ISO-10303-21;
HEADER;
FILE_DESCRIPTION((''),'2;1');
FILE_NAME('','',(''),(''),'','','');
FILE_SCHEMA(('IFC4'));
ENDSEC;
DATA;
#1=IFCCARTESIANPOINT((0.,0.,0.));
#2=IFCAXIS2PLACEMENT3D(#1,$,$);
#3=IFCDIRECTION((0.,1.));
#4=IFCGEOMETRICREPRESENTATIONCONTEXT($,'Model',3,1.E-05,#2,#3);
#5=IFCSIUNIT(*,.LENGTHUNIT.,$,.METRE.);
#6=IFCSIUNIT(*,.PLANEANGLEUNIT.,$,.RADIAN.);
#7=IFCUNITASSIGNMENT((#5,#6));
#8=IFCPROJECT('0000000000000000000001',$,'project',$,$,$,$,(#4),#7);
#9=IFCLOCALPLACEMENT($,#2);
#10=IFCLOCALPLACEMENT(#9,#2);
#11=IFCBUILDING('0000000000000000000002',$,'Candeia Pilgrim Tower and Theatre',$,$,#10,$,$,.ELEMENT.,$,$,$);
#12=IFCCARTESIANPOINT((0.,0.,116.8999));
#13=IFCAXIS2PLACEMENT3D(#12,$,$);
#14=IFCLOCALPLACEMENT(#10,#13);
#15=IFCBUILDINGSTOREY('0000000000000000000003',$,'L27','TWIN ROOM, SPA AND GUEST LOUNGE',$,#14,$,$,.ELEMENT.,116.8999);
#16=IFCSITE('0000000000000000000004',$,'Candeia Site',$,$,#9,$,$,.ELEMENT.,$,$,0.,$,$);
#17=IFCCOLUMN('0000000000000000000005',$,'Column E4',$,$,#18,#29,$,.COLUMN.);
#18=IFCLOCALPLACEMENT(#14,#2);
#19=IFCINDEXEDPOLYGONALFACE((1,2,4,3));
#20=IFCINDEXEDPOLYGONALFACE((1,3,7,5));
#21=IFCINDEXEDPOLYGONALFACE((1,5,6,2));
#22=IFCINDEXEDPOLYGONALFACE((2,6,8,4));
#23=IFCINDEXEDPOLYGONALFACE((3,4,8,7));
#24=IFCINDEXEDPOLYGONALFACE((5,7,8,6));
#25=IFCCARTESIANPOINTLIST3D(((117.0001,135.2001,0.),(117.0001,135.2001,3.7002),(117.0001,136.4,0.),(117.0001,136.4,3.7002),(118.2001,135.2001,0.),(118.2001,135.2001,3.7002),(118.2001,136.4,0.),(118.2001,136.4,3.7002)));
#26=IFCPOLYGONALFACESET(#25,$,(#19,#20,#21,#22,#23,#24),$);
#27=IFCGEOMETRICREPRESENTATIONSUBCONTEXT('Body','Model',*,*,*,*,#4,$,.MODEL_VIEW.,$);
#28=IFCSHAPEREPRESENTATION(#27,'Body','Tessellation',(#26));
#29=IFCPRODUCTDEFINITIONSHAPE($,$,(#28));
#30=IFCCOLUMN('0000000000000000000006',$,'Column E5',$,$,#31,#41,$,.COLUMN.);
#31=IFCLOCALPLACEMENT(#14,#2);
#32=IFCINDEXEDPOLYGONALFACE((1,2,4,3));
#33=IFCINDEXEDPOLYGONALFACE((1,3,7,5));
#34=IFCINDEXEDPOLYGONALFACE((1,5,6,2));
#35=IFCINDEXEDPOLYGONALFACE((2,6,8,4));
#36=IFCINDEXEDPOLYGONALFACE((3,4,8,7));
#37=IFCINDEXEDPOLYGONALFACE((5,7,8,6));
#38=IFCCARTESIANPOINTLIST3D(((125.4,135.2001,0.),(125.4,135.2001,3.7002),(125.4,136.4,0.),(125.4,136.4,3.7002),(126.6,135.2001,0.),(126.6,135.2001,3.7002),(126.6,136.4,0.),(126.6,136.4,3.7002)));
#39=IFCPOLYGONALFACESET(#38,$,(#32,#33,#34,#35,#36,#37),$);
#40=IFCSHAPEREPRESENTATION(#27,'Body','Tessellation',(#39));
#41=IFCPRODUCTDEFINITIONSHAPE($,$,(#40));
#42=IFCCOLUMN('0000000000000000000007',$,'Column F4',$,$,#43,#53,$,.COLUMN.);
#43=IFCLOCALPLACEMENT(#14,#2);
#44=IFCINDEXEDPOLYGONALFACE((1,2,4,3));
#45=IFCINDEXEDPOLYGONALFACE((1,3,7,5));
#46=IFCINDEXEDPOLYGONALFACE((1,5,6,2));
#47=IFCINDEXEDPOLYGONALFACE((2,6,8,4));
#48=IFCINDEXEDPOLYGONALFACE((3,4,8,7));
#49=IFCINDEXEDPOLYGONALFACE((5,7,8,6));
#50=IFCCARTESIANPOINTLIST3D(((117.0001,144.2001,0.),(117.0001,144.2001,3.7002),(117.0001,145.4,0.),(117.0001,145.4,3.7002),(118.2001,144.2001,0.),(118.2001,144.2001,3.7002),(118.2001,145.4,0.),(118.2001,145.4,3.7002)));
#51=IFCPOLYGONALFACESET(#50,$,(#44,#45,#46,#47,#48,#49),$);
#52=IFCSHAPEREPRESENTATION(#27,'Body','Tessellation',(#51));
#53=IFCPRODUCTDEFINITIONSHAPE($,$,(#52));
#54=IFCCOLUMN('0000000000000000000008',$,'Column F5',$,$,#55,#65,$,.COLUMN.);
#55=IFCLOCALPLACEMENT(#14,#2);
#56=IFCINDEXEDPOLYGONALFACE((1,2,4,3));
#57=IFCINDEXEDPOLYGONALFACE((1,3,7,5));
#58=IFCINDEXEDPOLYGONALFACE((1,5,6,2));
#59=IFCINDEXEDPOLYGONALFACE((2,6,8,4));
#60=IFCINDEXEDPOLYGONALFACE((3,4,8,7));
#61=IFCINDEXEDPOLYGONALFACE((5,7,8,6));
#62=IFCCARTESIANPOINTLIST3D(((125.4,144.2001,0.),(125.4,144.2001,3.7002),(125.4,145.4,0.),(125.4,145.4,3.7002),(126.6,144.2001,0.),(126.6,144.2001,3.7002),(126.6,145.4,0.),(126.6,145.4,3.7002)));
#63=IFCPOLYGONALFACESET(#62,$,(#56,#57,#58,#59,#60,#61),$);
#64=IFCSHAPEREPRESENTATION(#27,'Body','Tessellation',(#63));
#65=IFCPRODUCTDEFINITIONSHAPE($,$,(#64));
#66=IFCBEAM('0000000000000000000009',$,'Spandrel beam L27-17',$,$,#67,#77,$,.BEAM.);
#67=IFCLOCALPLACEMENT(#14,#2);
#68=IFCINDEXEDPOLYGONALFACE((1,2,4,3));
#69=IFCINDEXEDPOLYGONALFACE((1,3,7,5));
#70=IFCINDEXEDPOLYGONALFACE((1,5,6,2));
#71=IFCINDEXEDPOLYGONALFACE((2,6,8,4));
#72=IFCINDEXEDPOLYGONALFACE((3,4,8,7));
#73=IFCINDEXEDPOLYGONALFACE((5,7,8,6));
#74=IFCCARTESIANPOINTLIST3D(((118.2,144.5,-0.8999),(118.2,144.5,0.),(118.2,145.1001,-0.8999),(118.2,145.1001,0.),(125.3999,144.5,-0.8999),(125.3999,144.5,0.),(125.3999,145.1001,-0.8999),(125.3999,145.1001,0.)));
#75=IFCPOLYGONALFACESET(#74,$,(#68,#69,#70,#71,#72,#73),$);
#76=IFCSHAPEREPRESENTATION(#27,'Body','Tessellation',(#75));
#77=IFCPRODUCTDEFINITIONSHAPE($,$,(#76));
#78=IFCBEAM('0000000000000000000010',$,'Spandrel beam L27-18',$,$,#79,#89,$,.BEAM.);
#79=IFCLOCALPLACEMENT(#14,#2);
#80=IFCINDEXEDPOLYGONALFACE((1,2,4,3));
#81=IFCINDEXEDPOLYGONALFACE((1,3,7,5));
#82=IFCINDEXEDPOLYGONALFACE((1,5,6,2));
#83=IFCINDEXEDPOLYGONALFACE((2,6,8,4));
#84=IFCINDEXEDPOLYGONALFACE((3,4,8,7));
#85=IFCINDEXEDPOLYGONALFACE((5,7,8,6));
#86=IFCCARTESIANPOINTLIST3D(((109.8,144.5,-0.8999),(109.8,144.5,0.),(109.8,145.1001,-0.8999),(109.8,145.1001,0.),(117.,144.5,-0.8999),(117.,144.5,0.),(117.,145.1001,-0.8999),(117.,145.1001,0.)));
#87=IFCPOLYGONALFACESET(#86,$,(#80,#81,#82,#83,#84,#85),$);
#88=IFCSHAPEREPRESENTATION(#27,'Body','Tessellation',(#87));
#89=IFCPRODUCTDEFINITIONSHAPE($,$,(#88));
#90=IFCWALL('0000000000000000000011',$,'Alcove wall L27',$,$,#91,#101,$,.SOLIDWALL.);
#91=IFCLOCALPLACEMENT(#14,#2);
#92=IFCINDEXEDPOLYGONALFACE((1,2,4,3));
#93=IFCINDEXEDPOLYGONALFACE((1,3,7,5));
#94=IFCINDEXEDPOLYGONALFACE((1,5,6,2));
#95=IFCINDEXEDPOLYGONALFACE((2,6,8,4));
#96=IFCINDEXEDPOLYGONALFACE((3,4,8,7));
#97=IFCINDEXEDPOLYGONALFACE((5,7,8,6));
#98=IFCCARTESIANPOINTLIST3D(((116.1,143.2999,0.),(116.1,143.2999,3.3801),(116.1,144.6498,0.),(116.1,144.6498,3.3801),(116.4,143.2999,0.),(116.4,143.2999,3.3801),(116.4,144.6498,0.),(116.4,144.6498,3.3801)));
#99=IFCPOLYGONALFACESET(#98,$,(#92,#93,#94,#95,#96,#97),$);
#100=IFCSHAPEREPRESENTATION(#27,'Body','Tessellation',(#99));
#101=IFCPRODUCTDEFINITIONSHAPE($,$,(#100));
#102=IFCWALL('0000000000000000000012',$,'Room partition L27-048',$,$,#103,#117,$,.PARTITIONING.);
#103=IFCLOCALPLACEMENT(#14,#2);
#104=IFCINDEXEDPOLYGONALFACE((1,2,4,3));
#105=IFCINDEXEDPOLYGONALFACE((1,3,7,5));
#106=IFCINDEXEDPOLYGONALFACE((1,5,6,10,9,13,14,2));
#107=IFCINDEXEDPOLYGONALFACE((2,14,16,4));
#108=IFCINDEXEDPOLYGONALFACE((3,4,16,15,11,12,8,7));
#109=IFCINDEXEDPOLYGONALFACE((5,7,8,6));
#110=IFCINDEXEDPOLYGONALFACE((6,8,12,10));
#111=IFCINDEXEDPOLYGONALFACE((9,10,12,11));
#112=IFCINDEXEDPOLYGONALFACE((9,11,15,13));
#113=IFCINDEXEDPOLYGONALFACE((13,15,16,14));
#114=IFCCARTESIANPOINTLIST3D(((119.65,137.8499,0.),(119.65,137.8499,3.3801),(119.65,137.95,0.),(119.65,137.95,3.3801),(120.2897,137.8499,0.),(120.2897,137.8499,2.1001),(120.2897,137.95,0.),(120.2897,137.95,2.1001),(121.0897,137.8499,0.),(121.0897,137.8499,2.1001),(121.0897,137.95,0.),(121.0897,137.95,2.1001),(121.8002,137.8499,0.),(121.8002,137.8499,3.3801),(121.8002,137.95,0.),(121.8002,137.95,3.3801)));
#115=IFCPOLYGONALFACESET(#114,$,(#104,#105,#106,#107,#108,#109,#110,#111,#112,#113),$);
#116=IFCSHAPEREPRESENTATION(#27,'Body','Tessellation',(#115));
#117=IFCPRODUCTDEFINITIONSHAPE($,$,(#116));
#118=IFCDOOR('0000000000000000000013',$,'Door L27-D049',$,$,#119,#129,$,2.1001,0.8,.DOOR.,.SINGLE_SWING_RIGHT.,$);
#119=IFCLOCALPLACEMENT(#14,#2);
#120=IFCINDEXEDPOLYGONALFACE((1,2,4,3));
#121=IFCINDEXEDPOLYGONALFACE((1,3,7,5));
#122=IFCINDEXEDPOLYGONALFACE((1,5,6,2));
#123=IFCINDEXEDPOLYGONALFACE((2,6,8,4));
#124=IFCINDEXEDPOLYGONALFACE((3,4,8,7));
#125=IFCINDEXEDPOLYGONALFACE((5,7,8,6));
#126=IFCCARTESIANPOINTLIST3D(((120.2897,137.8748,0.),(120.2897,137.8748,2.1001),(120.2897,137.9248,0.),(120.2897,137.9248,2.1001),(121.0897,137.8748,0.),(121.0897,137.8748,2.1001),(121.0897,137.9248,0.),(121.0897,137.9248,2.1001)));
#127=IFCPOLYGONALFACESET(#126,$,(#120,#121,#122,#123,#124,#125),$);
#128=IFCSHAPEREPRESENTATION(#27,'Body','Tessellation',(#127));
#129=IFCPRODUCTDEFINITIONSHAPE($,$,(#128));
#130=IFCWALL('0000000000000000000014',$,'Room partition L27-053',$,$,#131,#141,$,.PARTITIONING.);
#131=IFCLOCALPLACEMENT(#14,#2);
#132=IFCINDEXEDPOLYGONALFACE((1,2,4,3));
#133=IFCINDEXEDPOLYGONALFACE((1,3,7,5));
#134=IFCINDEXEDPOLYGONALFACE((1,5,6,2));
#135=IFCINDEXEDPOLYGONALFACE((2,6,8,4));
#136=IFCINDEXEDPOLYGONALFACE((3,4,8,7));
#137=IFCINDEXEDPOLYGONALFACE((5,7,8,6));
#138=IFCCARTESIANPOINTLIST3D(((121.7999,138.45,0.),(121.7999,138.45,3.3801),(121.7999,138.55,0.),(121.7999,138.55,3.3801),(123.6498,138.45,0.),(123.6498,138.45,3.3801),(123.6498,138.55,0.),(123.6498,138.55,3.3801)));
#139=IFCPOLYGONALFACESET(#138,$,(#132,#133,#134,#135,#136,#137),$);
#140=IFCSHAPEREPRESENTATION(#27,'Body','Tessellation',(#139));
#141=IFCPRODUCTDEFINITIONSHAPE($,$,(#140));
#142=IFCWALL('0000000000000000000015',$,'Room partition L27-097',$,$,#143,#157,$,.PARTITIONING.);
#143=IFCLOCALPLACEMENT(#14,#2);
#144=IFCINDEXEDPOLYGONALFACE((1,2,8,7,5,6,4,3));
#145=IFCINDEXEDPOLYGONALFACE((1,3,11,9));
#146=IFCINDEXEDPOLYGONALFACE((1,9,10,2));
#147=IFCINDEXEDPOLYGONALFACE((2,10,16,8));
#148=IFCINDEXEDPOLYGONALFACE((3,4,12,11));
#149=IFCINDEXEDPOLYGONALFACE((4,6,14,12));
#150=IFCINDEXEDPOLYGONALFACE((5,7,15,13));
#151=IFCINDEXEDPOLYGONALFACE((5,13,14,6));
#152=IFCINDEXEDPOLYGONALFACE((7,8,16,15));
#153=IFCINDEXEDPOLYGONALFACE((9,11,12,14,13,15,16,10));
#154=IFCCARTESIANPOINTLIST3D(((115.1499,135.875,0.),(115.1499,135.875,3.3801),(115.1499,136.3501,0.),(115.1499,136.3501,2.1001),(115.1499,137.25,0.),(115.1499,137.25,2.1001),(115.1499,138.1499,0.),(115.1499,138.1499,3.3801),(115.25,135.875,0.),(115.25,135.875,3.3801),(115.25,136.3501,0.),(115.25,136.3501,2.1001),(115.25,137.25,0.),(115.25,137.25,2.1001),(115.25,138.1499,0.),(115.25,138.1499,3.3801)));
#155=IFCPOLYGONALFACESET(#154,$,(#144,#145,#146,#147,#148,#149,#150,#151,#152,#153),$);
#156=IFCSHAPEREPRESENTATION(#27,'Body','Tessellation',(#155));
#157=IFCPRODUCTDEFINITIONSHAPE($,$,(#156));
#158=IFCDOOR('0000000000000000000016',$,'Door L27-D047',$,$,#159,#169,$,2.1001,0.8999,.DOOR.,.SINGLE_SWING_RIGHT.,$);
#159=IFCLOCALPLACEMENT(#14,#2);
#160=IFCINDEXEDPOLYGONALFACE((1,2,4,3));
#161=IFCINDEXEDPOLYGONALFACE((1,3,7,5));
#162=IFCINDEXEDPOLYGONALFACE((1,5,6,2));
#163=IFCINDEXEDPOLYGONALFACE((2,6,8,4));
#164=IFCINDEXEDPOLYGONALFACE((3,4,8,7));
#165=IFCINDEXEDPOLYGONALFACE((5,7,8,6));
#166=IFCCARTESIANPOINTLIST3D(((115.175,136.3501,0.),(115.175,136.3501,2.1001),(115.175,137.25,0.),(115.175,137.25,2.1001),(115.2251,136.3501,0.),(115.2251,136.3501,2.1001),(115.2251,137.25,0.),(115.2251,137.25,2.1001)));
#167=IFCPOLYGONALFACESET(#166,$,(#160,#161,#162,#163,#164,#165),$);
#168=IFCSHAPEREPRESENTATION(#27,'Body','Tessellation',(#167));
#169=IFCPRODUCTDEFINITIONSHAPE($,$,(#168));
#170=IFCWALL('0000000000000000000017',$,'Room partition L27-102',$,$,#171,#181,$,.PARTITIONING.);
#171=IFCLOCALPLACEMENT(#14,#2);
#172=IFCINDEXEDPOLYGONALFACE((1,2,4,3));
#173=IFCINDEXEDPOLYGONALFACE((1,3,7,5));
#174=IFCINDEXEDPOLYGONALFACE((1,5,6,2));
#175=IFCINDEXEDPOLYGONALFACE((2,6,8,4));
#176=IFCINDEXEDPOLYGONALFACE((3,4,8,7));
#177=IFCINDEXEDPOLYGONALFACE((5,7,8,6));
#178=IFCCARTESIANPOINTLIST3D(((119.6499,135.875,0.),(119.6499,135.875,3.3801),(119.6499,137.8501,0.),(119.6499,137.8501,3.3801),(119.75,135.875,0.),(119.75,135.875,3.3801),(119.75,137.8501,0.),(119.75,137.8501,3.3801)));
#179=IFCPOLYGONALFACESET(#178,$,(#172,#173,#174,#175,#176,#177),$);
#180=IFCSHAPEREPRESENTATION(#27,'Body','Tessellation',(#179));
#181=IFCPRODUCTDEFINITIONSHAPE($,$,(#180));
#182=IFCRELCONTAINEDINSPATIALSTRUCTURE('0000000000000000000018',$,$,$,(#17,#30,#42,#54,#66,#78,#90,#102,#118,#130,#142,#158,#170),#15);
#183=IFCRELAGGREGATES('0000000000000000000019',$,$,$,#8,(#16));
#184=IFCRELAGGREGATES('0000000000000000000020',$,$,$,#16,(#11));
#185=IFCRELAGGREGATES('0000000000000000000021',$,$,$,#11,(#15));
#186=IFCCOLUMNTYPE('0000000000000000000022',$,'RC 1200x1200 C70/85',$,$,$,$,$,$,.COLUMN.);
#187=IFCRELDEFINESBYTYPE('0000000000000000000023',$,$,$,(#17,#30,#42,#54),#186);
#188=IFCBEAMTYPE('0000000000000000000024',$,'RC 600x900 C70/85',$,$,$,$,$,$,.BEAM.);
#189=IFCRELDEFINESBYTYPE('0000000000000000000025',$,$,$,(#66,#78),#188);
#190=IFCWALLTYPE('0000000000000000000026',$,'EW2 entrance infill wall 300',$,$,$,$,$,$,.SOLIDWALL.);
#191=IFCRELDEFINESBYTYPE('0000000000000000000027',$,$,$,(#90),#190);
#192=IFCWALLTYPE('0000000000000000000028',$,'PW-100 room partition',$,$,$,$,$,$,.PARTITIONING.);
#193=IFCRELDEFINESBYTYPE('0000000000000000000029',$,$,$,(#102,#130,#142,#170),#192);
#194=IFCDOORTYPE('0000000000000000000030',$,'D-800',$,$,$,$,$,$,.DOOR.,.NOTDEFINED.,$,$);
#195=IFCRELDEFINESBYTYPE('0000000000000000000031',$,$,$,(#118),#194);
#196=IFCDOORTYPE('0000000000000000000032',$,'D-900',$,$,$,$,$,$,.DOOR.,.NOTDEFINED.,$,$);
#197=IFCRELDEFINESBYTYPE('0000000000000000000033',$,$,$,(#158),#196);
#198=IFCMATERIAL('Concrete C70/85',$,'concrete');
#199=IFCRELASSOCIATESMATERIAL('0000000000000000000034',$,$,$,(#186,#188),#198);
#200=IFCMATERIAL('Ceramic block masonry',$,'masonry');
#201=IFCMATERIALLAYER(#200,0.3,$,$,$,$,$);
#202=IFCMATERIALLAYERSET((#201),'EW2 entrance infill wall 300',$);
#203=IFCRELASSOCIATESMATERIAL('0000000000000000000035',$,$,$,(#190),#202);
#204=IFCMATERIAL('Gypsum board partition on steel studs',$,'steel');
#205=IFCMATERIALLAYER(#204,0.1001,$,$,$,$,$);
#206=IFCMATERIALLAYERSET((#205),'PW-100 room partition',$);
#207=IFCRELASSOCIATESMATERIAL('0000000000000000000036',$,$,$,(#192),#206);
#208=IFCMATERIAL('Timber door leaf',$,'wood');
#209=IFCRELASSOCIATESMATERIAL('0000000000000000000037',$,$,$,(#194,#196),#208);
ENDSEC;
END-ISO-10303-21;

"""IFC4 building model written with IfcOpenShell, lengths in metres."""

from ifc_helpers import new_model, si_unit, direction, frame, frame_2d, origin, origin_2d, place, context, subcontext, project, spatial, rectangle, extrude, material, layer, layer_set, material_profile, profile_set, type_object, element, fill, save


model = new_model("IFC4")

# Units and contexts
model_context = context("Model", 3, precision=1e-05, world=origin(), true_north=direction((0.0, 1.0)))
body_context = subcontext(model_context, "Body", "Model", "MODEL_VIEW")
ifc_project = project(units=[si_unit("LENGTHUNIT", "METRE"), si_unit("PLANEANGLEUNIT", "RADIAN")], contexts=[model_context])

# Site, building, storey
site_placement = place(None, origin())
site = spatial("IfcSite", under=ifc_project, at=site_placement, Name="Candeia Site", CompositionType="ELEMENT", RefElevation=0.0)
building_placement = place(site_placement, origin())
building = spatial("IfcBuilding", under=site, at=building_placement, Name="Candeia Pilgrim Tower and Theatre", CompositionType="ELEMENT")
storey_placement = place(building_placement, frame((0.0, 0.0, 116.8999)))
storey = spatial("IfcBuildingStorey", under=building, at=storey_placement, Name="L27", Description="TWIN ROOM, SPA AND GUEST LOUNGE", CompositionType="ELEMENT", Elevation=116.8999)

# Columns
ifc_material_1 = material(Name="Concrete C70/85", Category="concrete")
ifc_material_profile_1 = material_profile(ifc_material_1, rectangle(XDim=1.2, YDim=1.2, at=origin_2d()))
ifc_profile_set_1 = profile_set([ifc_material_profile_1], Name="Concrete C70/85")
column_type = type_object("IfcColumnType", Name="RC 1200x1200 C70/85", PredefinedType="COLUMN", material=ifc_profile_set_1)
for number, where, z_axis, x_axis, name in (
    (1, (117.6001, 135.8, 0.0), (0.0, 0.0, 1.0), (1.0, 0.0, 0.0), "Column E4"),
    (2, (126.0, 135.8, 0.0), (0.0, 0.0, 1.0), (1.0, 0.0, 0.0), "Column E5"),
    (3, (117.6001, 144.8, 0.0), (0.0, 0.0, 1.0), (1.0, 0.0, 0.0), "Column F4"),
    (4, (126.0, 144.8, 0.0), (0.0, 0.0, 1.0), (1.0, 0.0, 0.0), "Column F5"),
):
    element("IfcColumn", number, at=place(storey_placement, frame(where, z_axis=z_axis, x_axis=x_axis)), inside=storey, type_object=column_type, Name=name, PredefinedType="COLUMN", context=body_context, shape_type="SweptSolid", body=[
        extrude(rectangle(XDim=1.2, YDim=1.2, at=origin_2d()), origin(), (0.0, 0.0, 1.0), 3.7002),
    ])

# Beams
ifc_material_profile_2 = material_profile(ifc_material_1, rectangle(XDim=0.6001, YDim=0.8999, at=origin_2d()))
ifc_profile_set_2 = profile_set([ifc_material_profile_2], Name="Concrete C70/85")
beam_type = type_object("IfcBeamType", Name="RC 600x900 C70/85", PredefinedType="BEAM", material=ifc_profile_set_2)
for number, where, z_axis, x_axis, name in (
    (5, (125.3999, 144.8, -0.45), (-1.0, 0.0, 0.0), (0.0, -1.0, 0.0), "Spandrel beam L27-17"),
    (6, (117.0, 144.8, -0.45), (-1.0, 0.0, 0.0), (0.0, -1.0, 0.0), "Spandrel beam L27-18"),
):
    element("IfcBeam", number, at=place(storey_placement, frame(where, z_axis=z_axis, x_axis=x_axis)), inside=storey, type_object=beam_type, Name=name, PredefinedType="BEAM", context=body_context, shape_type="SweptSolid", body=[
        extrude(rectangle(XDim=0.6001, YDim=0.8999, at=origin_2d()), origin(), (0.0, 0.0, 1.0), 7.2),
    ])

# Wall
ifc_material_2 = material(Name="Ceramic block masonry", Category="masonry")
ifc_layer_1 = layer(ifc_material_2, 0.3)
ifc_layer_set_1 = layer_set([ifc_layer_1], Name="EW2 entrance infill wall 300")
wall_type_1 = type_object("IfcWallType", Name="EW2 entrance infill wall 300", PredefinedType="SOLIDWALL", material=ifc_layer_set_1)
wall_1_placement = place(storey_placement, frame((116.25, 143.3, 0.0), z_axis=(0.0, 0.0, 1.0), x_axis=(0.0, 1.0, 0.0)))
element("IfcWall", 7, at=wall_1_placement, inside=storey, type_object=wall_type_1, Name="Alcove wall L27", PredefinedType="SOLIDWALL", context=body_context, shape_type="SweptSolid", body=[
    extrude(rectangle(XDim=1.3499, YDim=0.3, at=frame_2d((0.6748, 0.0))), origin(), (0.0, 0.0, 1.0), 3.3801),
])

# Wall, opening, door
ifc_material_3 = material(Name="Gypsum board partition on steel studs", Category="steel")
ifc_layer_2 = layer(ifc_material_3, 0.1001)
ifc_layer_set_2 = layer_set([ifc_layer_2], Name="PW-100 room partition")
wall_type_2 = type_object("IfcWallType", Name="PW-100 room partition", PredefinedType="PARTITIONING", material=ifc_layer_set_2)
wall_2_placement = place(storey_placement, frame((119.6499, 137.8999, 0.0), z_axis=(0.0, 0.0, 1.0), x_axis=(1.0, 0.0, 0.0)))
wall_2 = element("IfcWall", 8, at=wall_2_placement, inside=storey, type_object=wall_type_2, Name="Room partition L27-048", PredefinedType="PARTITIONING", context=body_context, shape_type="SweptSolid", body=[
    extrude(rectangle(XDim=2.1501, YDim=0.1001, at=frame_2d((1.0752, 0.0))), origin(), (0.0, 0.0, 1.0), 3.3801),
])
opening_1_placement = place(wall_2_placement, frame((0.6399, 0.0, 0.0)))
opening_1 = element("IfcOpeningElement", 9, at=opening_1_placement, cuts=wall_2, PredefinedType="OPENING", context=body_context, shape_type="SweptSolid", body=[
    extrude(rectangle(XDim=0.8, YDim=2.1001, at=frame_2d((0.3999, 1.05))), frame((0.0, 0.0601, 0.0), z_axis=(0.0, -1.0, 0.0), x_axis=(1.0, 0.0, 0.0)), (0.0, 0.0, 1.0), 0.1201),
])
ifc_material_4 = material(Name="Timber door leaf", Category="wood")
door_type_1 = type_object("IfcDoorType", Name="D-800", OperationType="NOTDEFINED", PredefinedType="DOOR", material=ifc_material_4)
door_1_placement = place(opening_1_placement, origin())
door_1 = element("IfcDoor", 10, at=door_1_placement, inside=storey, type_object=door_type_1, Name="Door L27-D049", OperationType="SINGLE_SWING_RIGHT", OverallHeight=2.1001, OverallWidth=0.8, PredefinedType="DOOR", context=body_context, shape_type="SweptSolid", body=[
    extrude(rectangle(XDim=0.8, YDim=2.1001, at=frame_2d((0.3999, 1.05))), frame((0.0, 0.0249, 0.0), z_axis=(0.0, -1.0, 0.0), x_axis=(1.0, 0.0, 0.0)), (0.0, 0.0, 1.0), 0.05),
])
fill(opening_1, door_1)

# Wall
wall_3_placement = place(storey_placement, frame((121.8, 138.5, 0.0), z_axis=(0.0, 0.0, 1.0), x_axis=(1.0, 0.0, 0.0)))
element("IfcWall", 11, at=wall_3_placement, inside=storey, type_object=wall_type_2, Name="Room partition L27-053", PredefinedType="PARTITIONING", context=body_context, shape_type="SweptSolid", body=[
    extrude(rectangle(XDim=1.8499, YDim=0.1001, at=frame_2d((0.9248, 0.0))), origin(), (0.0, 0.0, 1.0), 3.3801),
])

# Wall, opening, door
wall_4_placement = place(storey_placement, frame((115.2, 135.875, 0.0), z_axis=(0.0, 0.0, 1.0), x_axis=(0.0, 1.0, 0.0)))
wall_4 = element("IfcWall", 12, at=wall_4_placement, inside=storey, type_object=wall_type_2, Name="Room partition L27-097", PredefinedType="PARTITIONING", context=body_context, shape_type="SweptSolid", body=[
    extrude(rectangle(XDim=2.2749, YDim=0.1001, at=frame_2d((1.1375, 0.0))), origin(), (0.0, 0.0, 1.0), 3.3801),
])
opening_2_placement = place(wall_4_placement, frame((0.4751, 0.0, 0.0)))
opening_2 = element("IfcOpeningElement", 13, at=opening_2_placement, cuts=wall_4, PredefinedType="OPENING", context=body_context, shape_type="SweptSolid", body=[
    extrude(rectangle(XDim=0.8999, YDim=2.1001, at=frame_2d((0.45, 1.05))), frame((0.0, 0.0601, 0.0), z_axis=(0.0, -1.0, 0.0), x_axis=(1.0, 0.0, 0.0)), (0.0, 0.0, 1.0), 0.1201),
])
door_type_2 = type_object("IfcDoorType", Name="D-900", OperationType="NOTDEFINED", PredefinedType="DOOR", material=ifc_material_4)
door_2_placement = place(opening_2_placement, origin())
door_2 = element("IfcDoor", 14, at=door_2_placement, inside=storey, type_object=door_type_2, Name="Door L27-D047", OperationType="SINGLE_SWING_RIGHT", OverallHeight=2.1001, OverallWidth=0.8999, PredefinedType="DOOR", context=body_context, shape_type="SweptSolid", body=[
    extrude(rectangle(XDim=0.8999, YDim=2.1001, at=frame_2d((0.45, 1.05))), frame((0.0, 0.0249, 0.0), z_axis=(0.0, -1.0, 0.0), x_axis=(1.0, 0.0, 0.0)), (0.0, 0.0, 1.0), 0.05),
])
fill(opening_2, door_2)

# Wall
wall_5_placement = place(storey_placement, frame((119.7, 135.875, 0.0), z_axis=(0.0, 0.0, 1.0), x_axis=(0.0, 1.0, 0.0)))
element("IfcWall", 15, at=wall_5_placement, inside=storey, type_object=wall_type_2, Name="Room partition L27-102", PredefinedType="PARTITIONING", context=body_context, shape_type="SweptSolid", body=[
    extrude(rectangle(XDim=1.9751, YDim=0.1001, at=frame_2d((0.9875, 0.0))), origin(), (0.0, 0.0, 1.0), 3.3801),
])

save(model, "model.ifc")
